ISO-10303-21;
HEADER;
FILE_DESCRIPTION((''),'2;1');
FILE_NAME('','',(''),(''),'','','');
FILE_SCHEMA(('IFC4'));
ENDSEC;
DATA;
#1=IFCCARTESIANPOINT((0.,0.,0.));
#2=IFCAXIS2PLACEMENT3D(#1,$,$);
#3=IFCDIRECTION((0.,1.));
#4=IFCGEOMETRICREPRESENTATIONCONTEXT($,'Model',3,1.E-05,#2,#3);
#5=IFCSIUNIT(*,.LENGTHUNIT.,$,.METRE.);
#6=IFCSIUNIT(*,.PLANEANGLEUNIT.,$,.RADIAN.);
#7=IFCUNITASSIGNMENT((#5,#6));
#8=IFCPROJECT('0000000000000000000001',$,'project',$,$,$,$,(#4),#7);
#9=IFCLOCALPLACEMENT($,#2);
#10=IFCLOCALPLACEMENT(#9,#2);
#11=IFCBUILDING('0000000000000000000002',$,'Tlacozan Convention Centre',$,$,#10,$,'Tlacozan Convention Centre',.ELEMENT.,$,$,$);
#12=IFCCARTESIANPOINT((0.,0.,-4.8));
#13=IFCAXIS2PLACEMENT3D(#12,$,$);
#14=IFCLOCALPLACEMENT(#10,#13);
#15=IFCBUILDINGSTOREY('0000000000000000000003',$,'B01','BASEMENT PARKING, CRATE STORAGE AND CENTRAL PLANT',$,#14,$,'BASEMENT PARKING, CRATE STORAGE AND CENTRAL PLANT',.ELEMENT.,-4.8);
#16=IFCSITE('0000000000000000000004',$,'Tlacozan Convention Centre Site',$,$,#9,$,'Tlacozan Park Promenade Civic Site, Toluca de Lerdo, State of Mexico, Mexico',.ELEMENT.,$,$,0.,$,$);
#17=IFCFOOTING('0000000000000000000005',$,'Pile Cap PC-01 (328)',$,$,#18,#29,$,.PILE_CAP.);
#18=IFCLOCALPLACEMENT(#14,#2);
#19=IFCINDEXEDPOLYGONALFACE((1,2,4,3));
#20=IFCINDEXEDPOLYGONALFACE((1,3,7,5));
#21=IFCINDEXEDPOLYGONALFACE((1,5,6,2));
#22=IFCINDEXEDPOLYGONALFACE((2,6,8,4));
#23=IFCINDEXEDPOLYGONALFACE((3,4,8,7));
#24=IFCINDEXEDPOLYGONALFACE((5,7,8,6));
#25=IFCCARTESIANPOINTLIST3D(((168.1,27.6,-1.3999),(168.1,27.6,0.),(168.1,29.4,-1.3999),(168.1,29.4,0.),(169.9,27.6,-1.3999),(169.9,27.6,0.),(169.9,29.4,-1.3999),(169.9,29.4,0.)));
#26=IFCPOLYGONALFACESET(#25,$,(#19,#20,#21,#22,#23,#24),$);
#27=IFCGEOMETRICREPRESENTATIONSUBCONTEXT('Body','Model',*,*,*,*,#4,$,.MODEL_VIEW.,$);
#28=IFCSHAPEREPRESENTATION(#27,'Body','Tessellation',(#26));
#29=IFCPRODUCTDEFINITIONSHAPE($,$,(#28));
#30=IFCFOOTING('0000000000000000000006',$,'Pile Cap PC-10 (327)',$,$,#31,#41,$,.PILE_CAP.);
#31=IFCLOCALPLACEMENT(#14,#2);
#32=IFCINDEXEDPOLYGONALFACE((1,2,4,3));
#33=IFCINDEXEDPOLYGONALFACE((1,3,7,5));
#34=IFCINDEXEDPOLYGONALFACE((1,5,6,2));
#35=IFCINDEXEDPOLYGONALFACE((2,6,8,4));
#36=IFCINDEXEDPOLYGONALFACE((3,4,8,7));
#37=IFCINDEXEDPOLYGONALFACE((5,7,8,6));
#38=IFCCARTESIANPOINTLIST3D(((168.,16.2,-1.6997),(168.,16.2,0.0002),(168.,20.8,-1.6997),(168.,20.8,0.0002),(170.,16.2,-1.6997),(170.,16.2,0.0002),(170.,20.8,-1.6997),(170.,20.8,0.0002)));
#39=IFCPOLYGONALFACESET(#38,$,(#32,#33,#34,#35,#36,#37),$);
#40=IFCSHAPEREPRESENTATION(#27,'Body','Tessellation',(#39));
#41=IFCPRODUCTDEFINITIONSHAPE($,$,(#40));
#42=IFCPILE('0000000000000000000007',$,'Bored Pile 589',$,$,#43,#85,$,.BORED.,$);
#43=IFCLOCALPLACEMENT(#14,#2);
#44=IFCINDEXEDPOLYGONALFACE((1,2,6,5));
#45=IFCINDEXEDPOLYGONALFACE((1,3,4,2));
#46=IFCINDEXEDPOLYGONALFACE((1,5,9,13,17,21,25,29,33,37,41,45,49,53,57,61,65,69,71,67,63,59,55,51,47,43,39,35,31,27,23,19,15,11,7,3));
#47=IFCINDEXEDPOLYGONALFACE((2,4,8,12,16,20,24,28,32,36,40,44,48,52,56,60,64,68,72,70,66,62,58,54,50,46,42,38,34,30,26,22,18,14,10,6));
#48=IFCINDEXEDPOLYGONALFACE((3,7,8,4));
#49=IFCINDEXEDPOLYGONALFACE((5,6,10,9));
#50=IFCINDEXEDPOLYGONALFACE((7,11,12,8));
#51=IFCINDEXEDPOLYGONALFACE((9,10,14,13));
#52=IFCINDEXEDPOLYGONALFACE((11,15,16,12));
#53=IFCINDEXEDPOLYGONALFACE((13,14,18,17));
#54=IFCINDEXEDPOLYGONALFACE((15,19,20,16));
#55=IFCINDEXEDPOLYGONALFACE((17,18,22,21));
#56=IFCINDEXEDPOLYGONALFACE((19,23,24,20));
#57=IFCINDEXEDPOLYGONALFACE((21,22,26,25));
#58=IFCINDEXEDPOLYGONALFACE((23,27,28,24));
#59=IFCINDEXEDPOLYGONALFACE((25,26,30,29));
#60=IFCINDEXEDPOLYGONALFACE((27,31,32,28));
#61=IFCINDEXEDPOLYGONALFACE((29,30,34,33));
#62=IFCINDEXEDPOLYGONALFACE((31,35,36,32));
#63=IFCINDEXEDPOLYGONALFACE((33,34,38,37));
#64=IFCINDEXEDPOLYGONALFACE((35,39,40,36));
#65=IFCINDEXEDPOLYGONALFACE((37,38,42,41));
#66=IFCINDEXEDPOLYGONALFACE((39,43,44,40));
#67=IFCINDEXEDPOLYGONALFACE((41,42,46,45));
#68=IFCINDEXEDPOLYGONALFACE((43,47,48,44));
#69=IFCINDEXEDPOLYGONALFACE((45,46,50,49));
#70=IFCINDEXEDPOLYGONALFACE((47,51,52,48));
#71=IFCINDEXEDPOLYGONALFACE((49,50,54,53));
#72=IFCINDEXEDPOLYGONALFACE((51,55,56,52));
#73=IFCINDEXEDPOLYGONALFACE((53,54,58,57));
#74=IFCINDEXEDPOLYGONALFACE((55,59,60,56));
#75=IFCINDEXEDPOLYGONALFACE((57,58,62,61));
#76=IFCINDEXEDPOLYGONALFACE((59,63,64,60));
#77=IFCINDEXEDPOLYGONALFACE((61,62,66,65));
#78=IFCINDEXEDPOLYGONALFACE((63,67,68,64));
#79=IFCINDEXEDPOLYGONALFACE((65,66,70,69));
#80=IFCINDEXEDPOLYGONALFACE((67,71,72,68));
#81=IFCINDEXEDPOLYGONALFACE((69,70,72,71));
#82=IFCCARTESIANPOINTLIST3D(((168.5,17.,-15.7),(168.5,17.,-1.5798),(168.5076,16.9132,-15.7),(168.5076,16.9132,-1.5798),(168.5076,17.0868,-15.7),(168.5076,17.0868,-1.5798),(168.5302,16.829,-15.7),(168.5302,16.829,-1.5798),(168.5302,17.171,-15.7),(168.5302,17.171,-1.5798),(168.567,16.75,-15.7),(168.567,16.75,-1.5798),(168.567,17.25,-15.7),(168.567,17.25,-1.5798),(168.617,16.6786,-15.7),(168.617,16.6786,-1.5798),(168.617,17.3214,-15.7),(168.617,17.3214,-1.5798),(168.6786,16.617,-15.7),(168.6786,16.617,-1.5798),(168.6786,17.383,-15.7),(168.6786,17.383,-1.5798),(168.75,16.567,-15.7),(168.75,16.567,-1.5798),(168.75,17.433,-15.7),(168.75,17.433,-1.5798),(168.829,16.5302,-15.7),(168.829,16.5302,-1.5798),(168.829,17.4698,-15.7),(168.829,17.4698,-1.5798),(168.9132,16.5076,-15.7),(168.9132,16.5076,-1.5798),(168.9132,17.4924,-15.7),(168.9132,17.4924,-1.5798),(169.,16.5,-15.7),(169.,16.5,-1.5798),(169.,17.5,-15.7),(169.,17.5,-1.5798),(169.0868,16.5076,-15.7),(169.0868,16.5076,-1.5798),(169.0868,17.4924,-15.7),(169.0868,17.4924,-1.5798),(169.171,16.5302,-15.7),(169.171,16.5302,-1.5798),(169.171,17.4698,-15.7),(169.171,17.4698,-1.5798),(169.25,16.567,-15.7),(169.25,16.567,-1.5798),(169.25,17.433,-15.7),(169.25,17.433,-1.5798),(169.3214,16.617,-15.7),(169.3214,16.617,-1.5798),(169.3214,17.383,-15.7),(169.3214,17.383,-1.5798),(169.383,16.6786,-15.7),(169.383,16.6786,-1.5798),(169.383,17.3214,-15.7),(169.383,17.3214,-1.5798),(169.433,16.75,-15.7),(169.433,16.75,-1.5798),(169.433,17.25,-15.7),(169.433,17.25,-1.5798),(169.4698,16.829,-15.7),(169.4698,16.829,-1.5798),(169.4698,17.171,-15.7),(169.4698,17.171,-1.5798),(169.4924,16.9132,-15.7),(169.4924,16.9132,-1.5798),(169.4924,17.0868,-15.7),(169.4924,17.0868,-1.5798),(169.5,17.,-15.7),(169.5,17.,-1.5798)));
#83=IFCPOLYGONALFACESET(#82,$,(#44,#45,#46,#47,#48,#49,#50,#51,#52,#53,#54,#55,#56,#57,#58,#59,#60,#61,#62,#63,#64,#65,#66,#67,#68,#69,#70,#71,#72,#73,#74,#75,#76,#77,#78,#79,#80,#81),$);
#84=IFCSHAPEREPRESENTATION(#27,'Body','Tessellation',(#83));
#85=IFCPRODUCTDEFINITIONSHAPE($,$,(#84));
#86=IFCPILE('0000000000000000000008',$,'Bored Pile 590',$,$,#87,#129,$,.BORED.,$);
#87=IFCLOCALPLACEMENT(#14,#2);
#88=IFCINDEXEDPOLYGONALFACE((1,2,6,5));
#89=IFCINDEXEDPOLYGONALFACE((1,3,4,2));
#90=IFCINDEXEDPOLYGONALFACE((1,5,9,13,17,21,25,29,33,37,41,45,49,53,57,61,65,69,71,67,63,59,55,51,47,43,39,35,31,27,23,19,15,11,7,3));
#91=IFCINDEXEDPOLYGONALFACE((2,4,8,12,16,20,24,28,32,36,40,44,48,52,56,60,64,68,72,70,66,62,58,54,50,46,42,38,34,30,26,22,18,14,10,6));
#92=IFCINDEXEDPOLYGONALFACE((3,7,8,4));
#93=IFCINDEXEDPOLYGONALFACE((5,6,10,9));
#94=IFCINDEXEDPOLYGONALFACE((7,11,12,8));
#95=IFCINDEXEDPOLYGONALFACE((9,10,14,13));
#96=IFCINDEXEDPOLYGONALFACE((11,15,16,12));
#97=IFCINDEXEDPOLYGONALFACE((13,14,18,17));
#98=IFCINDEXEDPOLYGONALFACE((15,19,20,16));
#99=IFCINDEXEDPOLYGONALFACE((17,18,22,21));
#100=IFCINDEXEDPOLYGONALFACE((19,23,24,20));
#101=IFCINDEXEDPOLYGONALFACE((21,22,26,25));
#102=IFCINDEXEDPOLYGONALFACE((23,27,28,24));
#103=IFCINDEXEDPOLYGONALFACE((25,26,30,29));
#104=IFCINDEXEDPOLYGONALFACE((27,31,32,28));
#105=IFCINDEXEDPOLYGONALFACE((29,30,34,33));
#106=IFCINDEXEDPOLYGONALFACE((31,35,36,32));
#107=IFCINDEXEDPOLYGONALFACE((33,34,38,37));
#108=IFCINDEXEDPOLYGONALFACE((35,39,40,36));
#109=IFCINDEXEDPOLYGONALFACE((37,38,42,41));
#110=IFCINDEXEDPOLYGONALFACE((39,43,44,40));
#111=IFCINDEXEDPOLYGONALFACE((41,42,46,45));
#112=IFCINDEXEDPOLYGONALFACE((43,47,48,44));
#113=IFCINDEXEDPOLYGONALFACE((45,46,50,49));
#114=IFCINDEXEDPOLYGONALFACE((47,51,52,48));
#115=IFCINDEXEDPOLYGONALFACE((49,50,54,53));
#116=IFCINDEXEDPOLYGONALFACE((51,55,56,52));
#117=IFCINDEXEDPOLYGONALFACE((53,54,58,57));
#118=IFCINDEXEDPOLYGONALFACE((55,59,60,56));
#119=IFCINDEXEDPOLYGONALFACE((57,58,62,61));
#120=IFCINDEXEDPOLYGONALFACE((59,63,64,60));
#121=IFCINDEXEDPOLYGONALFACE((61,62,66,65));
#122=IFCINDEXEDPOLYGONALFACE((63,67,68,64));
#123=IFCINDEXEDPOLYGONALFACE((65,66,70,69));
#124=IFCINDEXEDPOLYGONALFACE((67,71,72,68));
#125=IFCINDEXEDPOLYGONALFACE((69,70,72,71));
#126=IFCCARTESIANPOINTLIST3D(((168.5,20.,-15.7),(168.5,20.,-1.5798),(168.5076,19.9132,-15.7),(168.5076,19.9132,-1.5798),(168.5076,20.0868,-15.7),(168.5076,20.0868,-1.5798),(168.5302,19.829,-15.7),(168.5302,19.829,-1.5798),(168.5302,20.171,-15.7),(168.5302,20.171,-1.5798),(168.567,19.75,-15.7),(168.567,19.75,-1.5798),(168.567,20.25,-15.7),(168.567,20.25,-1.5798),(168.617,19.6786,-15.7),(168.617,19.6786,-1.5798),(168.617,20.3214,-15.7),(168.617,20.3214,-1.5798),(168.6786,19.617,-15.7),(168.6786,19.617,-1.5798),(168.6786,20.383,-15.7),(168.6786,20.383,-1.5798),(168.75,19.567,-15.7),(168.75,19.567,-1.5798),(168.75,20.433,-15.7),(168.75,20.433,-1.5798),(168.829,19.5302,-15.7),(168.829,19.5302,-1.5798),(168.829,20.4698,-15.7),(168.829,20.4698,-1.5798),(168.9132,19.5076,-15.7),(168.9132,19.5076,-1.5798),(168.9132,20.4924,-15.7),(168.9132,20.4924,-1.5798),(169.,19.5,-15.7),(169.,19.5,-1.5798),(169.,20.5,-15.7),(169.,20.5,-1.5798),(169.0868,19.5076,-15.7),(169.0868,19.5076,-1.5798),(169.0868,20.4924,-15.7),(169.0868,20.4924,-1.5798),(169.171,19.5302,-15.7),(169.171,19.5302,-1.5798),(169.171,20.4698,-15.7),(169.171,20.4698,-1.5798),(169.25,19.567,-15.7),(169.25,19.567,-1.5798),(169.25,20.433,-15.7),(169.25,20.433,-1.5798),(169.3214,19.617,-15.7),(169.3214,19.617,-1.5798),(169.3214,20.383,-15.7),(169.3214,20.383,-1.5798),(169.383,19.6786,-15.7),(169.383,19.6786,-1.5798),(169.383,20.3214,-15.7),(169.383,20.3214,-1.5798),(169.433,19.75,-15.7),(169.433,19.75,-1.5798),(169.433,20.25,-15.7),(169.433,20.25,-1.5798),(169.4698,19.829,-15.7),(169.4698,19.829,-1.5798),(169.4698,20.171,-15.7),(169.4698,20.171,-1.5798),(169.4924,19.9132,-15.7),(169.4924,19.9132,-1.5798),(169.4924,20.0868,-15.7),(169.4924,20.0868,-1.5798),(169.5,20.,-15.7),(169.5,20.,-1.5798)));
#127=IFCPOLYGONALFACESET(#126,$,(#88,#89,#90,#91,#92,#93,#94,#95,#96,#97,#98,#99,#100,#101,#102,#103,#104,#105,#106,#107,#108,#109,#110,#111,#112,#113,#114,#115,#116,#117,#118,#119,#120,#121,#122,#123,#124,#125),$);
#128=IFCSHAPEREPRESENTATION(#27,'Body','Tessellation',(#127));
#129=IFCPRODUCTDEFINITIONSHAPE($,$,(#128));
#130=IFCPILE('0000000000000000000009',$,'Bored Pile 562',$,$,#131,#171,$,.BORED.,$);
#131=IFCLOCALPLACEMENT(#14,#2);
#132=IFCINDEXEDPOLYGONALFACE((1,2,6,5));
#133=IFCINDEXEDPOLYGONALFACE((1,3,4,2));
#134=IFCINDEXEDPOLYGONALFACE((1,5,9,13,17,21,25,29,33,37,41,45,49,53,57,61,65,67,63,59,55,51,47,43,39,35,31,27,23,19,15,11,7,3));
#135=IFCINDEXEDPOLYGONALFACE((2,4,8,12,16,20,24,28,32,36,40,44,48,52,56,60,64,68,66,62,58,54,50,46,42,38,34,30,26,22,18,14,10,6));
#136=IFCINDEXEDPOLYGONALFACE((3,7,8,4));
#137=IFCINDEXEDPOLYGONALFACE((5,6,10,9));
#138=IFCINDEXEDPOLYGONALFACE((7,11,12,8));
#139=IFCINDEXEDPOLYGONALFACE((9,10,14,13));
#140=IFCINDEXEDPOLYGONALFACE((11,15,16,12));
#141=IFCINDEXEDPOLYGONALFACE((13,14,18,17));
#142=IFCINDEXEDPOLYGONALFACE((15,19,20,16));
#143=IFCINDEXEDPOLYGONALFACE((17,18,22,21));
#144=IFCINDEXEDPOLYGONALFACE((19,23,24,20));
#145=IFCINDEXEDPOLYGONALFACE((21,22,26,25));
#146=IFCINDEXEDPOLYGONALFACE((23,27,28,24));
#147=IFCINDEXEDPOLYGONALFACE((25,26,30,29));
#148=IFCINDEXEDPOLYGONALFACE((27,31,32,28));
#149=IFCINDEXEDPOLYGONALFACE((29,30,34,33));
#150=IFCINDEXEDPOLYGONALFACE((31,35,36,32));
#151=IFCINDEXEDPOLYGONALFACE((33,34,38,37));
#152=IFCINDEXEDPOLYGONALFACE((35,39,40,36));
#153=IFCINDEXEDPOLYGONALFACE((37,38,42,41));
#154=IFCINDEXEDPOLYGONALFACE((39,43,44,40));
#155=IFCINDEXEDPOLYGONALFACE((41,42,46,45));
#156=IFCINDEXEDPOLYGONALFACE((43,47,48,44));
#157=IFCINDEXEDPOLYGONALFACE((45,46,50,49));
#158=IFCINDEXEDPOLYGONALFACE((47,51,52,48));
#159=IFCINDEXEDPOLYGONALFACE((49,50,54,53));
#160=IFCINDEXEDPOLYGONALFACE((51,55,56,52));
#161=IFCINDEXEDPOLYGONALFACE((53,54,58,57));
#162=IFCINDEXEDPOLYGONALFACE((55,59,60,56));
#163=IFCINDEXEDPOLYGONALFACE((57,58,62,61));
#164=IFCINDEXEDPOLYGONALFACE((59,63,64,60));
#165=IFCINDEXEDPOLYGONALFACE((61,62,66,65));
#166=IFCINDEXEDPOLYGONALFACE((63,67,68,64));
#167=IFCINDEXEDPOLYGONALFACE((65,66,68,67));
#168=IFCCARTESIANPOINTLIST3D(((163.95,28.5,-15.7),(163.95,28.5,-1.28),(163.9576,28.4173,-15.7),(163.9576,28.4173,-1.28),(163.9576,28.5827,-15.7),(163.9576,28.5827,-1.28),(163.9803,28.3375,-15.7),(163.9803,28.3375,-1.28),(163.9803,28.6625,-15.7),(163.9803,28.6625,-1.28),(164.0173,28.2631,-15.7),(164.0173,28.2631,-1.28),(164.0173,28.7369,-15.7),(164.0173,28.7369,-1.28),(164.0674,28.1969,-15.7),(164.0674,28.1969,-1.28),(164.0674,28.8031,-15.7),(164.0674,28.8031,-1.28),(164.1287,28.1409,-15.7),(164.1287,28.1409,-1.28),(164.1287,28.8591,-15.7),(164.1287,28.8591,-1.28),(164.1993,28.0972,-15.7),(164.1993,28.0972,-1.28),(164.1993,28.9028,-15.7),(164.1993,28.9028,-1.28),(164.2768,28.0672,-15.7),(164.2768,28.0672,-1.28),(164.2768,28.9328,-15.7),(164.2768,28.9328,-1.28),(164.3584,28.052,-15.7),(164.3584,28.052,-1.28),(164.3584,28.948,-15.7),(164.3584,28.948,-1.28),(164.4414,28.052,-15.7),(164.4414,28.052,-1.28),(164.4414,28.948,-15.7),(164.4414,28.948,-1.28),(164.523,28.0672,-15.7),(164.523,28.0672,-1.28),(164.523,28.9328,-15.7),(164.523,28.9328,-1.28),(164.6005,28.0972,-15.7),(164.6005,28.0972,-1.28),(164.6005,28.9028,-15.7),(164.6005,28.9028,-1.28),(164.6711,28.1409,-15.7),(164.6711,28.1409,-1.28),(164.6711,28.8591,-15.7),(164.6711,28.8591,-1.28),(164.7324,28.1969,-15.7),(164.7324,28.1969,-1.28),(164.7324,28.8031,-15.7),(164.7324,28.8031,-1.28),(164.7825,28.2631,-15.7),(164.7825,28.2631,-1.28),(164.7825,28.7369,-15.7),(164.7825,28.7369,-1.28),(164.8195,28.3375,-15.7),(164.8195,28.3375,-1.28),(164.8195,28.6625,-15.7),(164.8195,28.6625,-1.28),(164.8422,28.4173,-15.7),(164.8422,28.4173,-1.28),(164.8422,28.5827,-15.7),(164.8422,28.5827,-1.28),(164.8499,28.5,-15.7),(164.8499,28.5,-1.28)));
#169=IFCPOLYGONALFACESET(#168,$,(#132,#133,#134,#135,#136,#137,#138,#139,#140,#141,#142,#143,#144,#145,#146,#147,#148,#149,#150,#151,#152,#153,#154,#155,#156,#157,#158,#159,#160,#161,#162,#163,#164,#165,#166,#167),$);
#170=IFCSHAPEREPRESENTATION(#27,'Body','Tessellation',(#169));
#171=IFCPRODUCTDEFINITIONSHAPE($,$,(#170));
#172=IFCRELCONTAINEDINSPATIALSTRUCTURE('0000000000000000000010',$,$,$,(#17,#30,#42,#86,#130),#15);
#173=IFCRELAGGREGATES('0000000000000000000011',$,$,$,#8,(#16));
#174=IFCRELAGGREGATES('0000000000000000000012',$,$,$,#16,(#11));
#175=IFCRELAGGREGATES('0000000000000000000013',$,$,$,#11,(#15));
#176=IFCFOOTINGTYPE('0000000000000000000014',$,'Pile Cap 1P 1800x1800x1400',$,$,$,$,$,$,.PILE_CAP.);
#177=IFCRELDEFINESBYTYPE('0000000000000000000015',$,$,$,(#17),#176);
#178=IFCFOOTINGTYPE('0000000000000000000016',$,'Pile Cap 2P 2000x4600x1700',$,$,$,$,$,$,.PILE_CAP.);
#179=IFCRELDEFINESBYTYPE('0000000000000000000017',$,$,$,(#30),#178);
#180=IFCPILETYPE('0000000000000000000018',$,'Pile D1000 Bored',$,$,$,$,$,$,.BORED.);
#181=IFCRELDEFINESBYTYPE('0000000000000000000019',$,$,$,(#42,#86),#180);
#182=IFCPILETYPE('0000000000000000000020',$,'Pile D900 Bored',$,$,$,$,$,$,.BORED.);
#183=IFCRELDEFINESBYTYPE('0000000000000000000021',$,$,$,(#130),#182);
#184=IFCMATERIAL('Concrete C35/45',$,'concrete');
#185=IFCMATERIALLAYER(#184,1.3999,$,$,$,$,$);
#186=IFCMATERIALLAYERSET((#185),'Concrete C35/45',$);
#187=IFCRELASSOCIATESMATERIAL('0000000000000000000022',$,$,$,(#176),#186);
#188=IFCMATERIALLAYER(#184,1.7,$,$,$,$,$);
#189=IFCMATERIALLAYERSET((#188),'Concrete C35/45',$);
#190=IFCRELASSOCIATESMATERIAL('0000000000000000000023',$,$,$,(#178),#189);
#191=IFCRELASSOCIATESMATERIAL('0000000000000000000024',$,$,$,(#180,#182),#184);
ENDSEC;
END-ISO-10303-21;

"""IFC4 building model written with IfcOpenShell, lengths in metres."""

from ifc_helpers import new_model, si_unit, direction, frame, origin, origin_2d, place, context, subcontext, project, spatial, rectangle, circle, extrude, material, layer, layer_set, material_profile, profile_set, type_object, element, save


model = new_model("IFC4")

# Units and contexts
model_context = context("Model", 3, precision=1e-05, world=origin(), true_north=direction((0.0, 1.0)))
body_context = subcontext(model_context, "Body", "Model", "MODEL_VIEW")
ifc_project = project(units=[si_unit("LENGTHUNIT", "METRE"), si_unit("PLANEANGLEUNIT", "RADIAN")], contexts=[model_context])

# Site, building, storey
site_placement = place(None, origin())
site = spatial("IfcSite", under=ifc_project, at=site_placement, Name="Tlacozan Convention Centre Site", LongName="Tlacozan Park Promenade Civic Site, Toluca de Lerdo, State of Mexico, Mexico", CompositionType="ELEMENT", RefElevation=0.0)
building_placement = place(site_placement, origin())
building = spatial("IfcBuilding", under=site, at=building_placement, Name="Tlacozan Convention Centre", LongName="Tlacozan Convention Centre", CompositionType="ELEMENT")
storey_placement = place(building_placement, frame((0.0, 0.0, -4.8)))
storey = spatial("IfcBuildingStorey", under=building, at=storey_placement, Name="B01", Description="BASEMENT PARKING, CRATE STORAGE AND CENTRAL PLANT", LongName="BASEMENT PARKING, CRATE STORAGE AND CENTRAL PLANT", CompositionType="ELEMENT", Elevation=-4.8)

# Footings
ifc_material_1 = material(Name="Concrete C35/45", Category="concrete")
ifc_layer_1 = layer(ifc_material_1, 1.3999)
ifc_layer_set_1 = layer_set([ifc_layer_1], Name="Concrete C35/45")
footing_type_1 = type_object("IfcFootingType", Name="Pile Cap 1P 1800x1800x1400", PredefinedType="PILE_CAP", material=ifc_layer_set_1)
footing_1_placement = place(storey_placement, frame((169.0, 28.5, -1.3999), z_axis=(0.0, 0.0, 1.0), x_axis=(1.0, 0.0, 0.0)))
element("IfcFooting", 1, at=footing_1_placement, inside=storey, type_object=footing_type_1, Name="Pile Cap PC-01 (328)", PredefinedType="PILE_CAP", context=body_context, shape_type="SweptSolid", body=[
    extrude(rectangle(XDim=1.8, YDim=1.8, at=origin_2d()), origin(), (0.0, 0.0, 1.0), 1.3999),
])
ifc_layer_2 = layer(ifc_material_1, 1.7)
ifc_layer_set_2 = layer_set([ifc_layer_2], Name="Concrete C35/45")
footing_type_2 = type_object("IfcFootingType", Name="Pile Cap 2P 2000x4600x1700", PredefinedType="PILE_CAP", material=ifc_layer_set_2)
footing_2_placement = place(storey_placement, frame((169.0, 18.5, -1.6997), z_axis=(0.0, 0.0, 1.0), x_axis=(1.0, 0.0, 0.0)))
element("IfcFooting", 2, at=footing_2_placement, inside=storey, type_object=footing_type_2, Name="Pile Cap PC-10 (327)", PredefinedType="PILE_CAP", context=body_context, shape_type="SweptSolid", body=[
    extrude(rectangle(XDim=2.0, YDim=4.6001, at=origin_2d()), origin(), (0.0, 0.0, 1.0), 1.7),
])

# Piles
ifc_material_profile_1 = material_profile(ifc_material_1, circle(Radius=0.5, at=origin_2d()), Name="PILE D1000")
ifc_profile_set_1 = profile_set([ifc_material_profile_1], Name="Concrete C35/45")
pile_type_1 = type_object("IfcPileType", Name="Pile D1000 Bored", PredefinedType="BORED", material=ifc_profile_set_1)
for number, where, z_axis, x_axis, name in (
    (3, (169.0, 17.0, -1.5798), (0.0, 0.0, -1.0), (1.0, 0.0, 0.0), "Bored Pile 589"),
    (4, (169.0, 20.0, -1.5798), (0.0, 0.0, -1.0), (1.0, 0.0, 0.0), "Bored Pile 590"),
):
    element("IfcPile", number, at=place(storey_placement, frame(where, z_axis=z_axis, x_axis=x_axis)), inside=storey, type_object=pile_type_1, Name=name, PredefinedType="BORED", context=body_context, shape_type="SweptSolid", body=[
        extrude(circle(Radius=0.5, at=origin_2d()), origin(), (0.0, 0.0, 1.0), 14.1201),
    ])
ifc_material_profile_2 = material_profile(ifc_material_1, circle(Radius=0.45, at=origin_2d()), Name="PILE D900")
ifc_profile_set_2 = profile_set([ifc_material_profile_2], Name="Concrete C35/45")
pile_type_2 = type_object("IfcPileType", Name="Pile D900 Bored", PredefinedType="BORED", material=ifc_profile_set_2)
for number, where, z_axis, x_axis, name in (
    (5, (164.3999, 28.5, -1.28), (0.0, 0.0, -1.0), (1.0, 0.0, 0.0), "Bored Pile 562"),
):
    element("IfcPile", number, at=place(storey_placement, frame(where, z_axis=z_axis, x_axis=x_axis)), inside=storey, type_object=pile_type_2, Name=name, PredefinedType="BORED", context=body_context, shape_type="SweptSolid", body=[
        extrude(circle(Radius=0.45, at=origin_2d()), origin(), (0.0, 0.0, 1.0), 14.4199),
    ])

save(model, "model.ifc")
